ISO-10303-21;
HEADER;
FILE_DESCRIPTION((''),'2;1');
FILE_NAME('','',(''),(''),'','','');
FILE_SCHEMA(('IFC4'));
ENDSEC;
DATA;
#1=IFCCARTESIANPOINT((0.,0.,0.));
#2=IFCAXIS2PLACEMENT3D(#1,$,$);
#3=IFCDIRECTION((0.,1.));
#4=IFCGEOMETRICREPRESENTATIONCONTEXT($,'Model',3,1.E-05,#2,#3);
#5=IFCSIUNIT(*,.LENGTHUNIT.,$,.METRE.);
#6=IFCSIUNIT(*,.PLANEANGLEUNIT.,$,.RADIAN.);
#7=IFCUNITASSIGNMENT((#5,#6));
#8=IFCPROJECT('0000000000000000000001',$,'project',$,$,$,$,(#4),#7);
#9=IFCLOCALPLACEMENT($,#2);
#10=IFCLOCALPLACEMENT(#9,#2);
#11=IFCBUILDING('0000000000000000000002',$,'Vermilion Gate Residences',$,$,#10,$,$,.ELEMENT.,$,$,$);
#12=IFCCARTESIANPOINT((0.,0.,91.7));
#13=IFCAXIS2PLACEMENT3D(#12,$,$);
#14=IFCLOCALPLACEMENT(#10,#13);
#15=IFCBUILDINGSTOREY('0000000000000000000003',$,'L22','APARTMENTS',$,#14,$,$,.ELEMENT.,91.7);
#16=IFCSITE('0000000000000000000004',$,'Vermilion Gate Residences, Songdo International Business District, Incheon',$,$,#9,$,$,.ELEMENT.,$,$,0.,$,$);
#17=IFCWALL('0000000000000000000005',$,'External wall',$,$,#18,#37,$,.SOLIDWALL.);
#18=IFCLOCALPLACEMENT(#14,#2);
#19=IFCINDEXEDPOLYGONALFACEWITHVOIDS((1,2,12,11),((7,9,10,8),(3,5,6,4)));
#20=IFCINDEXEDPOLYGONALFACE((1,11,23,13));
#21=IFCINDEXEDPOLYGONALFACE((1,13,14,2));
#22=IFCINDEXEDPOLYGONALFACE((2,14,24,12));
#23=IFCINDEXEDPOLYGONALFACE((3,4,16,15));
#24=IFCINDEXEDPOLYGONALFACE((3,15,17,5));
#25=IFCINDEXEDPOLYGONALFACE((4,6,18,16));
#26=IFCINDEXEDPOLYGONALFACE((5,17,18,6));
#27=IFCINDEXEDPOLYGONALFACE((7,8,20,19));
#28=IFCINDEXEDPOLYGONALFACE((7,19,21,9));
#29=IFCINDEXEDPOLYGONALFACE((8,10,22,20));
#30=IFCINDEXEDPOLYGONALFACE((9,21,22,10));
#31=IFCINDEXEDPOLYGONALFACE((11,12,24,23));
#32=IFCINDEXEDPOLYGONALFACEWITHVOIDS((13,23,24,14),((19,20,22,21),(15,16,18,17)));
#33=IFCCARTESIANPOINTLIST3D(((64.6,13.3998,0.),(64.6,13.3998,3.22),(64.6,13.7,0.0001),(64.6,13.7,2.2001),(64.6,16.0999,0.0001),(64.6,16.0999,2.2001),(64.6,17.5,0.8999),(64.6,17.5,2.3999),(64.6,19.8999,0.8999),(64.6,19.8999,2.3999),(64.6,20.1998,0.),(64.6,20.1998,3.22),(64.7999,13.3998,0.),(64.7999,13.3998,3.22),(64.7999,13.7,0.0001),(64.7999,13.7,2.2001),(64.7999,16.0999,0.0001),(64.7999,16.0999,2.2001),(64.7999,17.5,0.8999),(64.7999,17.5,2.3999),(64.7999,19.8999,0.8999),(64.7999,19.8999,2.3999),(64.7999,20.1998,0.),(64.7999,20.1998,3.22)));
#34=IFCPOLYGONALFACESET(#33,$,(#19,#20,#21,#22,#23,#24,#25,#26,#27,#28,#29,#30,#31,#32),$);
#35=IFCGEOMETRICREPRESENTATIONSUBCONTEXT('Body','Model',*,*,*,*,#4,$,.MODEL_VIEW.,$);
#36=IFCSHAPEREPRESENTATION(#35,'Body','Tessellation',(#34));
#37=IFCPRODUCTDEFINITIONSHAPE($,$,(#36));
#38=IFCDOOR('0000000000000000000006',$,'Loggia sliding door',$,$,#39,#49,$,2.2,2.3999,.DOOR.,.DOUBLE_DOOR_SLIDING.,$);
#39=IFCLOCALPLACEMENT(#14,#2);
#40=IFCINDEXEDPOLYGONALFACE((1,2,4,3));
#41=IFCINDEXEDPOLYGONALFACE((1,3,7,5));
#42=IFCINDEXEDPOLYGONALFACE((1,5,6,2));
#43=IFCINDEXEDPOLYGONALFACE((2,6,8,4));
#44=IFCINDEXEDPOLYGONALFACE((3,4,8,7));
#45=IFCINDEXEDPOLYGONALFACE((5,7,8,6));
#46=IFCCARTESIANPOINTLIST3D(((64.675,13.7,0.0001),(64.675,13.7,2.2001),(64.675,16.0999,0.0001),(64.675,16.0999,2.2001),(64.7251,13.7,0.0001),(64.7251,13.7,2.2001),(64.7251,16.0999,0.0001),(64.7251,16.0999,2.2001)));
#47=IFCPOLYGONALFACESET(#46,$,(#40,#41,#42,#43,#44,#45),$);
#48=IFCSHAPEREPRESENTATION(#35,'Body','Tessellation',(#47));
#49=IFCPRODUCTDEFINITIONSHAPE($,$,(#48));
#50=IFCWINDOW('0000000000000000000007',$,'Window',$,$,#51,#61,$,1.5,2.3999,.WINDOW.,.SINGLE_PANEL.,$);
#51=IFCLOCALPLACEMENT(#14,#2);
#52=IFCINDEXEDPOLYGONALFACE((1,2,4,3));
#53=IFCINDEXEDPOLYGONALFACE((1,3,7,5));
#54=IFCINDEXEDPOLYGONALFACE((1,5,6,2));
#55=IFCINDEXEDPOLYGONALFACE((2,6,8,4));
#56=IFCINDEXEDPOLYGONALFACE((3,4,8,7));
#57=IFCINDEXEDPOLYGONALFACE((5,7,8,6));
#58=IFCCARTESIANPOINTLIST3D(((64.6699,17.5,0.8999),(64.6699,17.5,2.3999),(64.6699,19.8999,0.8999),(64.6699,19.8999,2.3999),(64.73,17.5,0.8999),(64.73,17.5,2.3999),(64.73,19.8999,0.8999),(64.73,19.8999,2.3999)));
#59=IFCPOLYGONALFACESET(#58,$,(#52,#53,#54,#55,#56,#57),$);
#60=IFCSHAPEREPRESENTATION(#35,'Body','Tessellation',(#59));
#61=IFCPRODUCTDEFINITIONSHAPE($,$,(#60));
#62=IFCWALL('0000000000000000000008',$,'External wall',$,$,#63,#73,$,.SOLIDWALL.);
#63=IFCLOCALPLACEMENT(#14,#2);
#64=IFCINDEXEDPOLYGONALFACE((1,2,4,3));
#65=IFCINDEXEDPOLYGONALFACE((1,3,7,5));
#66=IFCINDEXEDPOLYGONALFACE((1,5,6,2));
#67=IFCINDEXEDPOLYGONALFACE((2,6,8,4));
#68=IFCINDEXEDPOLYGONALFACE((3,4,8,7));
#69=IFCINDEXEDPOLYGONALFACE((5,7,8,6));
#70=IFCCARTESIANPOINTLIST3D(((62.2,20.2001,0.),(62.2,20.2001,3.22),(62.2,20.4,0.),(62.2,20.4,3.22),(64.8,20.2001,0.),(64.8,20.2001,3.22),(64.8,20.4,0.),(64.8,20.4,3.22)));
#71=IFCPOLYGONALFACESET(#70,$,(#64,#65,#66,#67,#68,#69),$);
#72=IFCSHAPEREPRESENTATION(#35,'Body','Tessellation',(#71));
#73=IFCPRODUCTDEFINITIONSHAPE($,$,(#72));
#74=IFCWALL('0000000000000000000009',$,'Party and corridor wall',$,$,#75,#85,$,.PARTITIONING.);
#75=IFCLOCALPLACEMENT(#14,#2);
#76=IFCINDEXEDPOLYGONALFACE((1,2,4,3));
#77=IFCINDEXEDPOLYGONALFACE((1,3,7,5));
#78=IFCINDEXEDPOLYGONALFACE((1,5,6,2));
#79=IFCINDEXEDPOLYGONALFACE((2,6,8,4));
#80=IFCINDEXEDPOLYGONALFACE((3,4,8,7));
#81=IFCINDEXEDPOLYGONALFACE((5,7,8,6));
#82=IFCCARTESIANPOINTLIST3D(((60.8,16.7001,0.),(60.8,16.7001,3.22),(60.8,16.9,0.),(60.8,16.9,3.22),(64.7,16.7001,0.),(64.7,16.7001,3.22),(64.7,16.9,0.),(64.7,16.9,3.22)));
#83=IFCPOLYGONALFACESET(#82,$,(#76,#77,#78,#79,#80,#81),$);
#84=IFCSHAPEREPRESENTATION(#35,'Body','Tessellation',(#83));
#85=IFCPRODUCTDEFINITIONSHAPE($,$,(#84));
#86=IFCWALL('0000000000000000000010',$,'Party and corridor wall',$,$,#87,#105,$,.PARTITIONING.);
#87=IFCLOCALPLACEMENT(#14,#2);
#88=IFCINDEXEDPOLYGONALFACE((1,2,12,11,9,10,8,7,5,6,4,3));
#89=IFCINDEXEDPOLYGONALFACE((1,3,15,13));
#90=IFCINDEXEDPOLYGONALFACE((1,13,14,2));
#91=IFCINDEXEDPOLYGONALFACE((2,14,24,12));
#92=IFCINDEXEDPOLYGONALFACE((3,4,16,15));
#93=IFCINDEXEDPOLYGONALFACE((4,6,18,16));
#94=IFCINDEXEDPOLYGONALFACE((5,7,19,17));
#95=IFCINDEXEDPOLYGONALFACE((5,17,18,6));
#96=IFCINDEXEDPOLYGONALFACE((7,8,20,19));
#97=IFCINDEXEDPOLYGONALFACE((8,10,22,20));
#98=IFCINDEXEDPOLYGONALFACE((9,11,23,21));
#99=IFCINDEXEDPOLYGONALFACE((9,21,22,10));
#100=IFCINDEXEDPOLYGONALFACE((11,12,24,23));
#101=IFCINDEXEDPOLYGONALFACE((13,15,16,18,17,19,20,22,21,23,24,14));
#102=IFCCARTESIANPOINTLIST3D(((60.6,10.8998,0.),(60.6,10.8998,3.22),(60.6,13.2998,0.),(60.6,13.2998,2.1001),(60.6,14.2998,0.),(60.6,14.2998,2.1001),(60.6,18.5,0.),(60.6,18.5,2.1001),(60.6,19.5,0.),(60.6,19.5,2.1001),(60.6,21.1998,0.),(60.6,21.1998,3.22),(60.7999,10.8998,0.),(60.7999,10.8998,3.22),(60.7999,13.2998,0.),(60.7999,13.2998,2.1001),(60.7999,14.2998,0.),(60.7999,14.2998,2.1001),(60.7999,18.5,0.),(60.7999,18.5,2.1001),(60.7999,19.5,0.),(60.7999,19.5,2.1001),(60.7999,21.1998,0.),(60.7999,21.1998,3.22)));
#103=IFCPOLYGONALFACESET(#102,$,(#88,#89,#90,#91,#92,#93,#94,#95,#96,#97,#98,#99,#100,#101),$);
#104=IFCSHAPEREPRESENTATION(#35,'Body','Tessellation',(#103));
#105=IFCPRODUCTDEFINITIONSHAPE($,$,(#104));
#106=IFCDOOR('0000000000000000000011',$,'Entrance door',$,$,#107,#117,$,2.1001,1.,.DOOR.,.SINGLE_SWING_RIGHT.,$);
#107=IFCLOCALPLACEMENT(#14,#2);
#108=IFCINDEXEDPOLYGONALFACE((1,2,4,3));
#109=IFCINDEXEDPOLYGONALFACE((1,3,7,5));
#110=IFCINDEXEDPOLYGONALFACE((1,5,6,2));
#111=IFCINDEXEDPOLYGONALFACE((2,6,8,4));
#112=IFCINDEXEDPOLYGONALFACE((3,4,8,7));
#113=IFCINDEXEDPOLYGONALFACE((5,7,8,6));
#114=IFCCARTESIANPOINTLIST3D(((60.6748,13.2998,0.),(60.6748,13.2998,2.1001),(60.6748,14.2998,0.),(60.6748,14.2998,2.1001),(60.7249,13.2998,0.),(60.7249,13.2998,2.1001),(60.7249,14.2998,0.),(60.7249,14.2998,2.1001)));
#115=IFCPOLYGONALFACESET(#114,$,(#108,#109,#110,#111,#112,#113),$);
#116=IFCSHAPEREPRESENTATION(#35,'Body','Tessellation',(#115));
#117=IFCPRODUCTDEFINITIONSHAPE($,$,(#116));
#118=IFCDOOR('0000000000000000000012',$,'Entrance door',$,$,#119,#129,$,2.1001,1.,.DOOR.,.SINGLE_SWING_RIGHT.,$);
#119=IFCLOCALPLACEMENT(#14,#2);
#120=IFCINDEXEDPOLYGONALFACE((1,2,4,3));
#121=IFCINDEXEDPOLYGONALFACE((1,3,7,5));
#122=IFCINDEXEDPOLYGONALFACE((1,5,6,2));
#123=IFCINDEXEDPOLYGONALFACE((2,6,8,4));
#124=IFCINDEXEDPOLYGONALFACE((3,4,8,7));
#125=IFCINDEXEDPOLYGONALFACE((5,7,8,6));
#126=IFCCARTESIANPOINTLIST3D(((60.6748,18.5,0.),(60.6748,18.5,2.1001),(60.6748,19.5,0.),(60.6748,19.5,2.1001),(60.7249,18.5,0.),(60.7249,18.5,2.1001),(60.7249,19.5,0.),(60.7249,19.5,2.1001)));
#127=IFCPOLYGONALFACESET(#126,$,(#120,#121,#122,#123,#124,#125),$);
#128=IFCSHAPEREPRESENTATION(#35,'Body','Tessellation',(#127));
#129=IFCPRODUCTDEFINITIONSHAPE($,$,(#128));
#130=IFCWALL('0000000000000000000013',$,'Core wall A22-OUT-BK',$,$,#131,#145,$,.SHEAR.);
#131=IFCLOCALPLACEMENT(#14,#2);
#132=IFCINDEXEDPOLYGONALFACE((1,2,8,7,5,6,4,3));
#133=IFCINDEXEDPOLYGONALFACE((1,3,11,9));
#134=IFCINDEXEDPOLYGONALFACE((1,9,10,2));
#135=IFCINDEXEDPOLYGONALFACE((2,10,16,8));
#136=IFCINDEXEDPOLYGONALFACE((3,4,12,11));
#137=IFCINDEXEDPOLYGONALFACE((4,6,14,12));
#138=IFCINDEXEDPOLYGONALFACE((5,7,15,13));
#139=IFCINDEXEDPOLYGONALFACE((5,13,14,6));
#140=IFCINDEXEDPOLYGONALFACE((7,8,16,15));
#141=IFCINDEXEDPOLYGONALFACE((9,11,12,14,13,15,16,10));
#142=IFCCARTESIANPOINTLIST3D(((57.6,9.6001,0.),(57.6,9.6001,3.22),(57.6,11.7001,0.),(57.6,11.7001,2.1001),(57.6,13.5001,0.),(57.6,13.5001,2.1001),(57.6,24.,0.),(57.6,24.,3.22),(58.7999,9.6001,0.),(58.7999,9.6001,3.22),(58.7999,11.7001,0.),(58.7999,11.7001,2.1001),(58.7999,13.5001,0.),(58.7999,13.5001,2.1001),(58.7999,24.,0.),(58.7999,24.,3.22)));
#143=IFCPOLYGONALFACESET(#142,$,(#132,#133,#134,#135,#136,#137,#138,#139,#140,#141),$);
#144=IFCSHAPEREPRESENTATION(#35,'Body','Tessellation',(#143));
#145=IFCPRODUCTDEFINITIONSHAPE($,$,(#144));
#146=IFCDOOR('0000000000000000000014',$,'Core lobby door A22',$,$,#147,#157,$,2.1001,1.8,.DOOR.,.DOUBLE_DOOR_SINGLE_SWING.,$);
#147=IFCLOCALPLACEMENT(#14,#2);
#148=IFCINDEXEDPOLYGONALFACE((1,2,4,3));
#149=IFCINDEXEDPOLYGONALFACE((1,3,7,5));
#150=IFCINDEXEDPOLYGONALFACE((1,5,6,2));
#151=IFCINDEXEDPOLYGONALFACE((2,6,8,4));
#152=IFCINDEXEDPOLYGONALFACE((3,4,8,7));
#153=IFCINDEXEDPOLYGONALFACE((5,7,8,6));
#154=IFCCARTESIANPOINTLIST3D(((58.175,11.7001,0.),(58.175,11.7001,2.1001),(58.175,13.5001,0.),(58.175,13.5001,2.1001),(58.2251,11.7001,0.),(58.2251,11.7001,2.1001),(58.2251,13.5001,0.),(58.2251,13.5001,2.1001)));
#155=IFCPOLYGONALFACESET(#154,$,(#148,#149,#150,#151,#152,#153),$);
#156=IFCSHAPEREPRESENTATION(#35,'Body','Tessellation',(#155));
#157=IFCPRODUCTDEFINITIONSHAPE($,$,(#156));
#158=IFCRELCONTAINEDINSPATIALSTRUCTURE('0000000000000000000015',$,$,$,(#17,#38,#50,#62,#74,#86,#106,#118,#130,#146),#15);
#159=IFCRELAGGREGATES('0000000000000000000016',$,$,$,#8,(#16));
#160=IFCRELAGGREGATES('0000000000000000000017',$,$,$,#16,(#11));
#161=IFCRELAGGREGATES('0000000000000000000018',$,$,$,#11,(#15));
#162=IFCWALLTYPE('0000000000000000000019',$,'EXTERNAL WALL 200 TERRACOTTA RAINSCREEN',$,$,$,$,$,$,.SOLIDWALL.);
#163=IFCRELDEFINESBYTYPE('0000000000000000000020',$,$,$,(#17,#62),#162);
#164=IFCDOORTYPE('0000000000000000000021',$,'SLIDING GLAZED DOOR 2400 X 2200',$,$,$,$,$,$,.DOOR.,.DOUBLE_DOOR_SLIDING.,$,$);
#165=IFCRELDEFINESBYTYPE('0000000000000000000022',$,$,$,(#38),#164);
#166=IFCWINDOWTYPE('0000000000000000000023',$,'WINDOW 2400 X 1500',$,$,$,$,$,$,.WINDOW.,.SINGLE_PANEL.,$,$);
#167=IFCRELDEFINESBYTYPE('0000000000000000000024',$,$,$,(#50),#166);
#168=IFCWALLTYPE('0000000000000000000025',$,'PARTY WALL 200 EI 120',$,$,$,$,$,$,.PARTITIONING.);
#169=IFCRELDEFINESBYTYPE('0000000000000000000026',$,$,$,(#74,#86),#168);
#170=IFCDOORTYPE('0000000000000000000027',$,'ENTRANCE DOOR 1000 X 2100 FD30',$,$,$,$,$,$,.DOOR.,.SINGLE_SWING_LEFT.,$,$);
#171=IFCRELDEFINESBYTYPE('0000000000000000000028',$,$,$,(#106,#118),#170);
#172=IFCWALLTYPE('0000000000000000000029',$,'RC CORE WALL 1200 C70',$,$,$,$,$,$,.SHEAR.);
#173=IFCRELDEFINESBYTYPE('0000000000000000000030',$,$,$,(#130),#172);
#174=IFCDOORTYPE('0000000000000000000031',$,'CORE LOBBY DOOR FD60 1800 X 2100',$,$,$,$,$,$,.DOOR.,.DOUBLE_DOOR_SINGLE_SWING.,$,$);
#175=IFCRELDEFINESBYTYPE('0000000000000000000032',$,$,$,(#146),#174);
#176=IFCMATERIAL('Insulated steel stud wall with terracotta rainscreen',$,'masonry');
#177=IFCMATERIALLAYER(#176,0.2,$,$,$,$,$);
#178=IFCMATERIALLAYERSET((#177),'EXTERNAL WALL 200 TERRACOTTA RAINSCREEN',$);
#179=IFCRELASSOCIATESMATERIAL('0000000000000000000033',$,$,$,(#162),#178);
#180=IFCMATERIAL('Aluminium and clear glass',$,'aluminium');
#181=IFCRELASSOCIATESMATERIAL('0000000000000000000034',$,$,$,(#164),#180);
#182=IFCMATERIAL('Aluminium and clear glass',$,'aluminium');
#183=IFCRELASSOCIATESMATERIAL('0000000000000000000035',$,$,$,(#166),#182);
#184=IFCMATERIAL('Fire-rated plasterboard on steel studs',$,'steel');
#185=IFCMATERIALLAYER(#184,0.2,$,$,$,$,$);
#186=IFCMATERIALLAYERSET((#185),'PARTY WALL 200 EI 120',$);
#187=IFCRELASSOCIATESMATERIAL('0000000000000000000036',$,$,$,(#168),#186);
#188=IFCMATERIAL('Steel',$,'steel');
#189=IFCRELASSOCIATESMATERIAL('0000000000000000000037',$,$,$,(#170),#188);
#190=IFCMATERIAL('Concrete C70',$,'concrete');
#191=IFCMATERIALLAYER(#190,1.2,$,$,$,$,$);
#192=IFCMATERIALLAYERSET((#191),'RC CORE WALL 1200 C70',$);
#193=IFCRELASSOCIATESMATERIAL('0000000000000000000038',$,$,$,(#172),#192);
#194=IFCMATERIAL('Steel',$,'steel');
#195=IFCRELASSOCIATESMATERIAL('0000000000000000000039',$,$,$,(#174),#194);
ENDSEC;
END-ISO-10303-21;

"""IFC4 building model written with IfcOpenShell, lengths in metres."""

from ifc_helpers import new_model, si_unit, direction, frame, frame_2d, origin, place, context, subcontext, project, spatial, rectangle, extrude, material, layer, layer_set, type_object, element, fill, save


model = new_model("IFC4")

# Units and contexts
model_context = context("Model", 3, precision=1e-05, world=origin(), true_north=direction((0.0, 1.0)))
body_context = subcontext(model_context, "Body", "Model", "MODEL_VIEW")
ifc_project = project(units=[si_unit("LENGTHUNIT", "METRE"), si_unit("PLANEANGLEUNIT", "RADIAN")], contexts=[model_context])

# Site, building, storey
site_placement = place(None, origin())
site = spatial("IfcSite", under=ifc_project, at=site_placement, Name="Vermilion Gate Residences, Songdo International Business District, Incheon", CompositionType="ELEMENT", RefElevation=0.0)
building_placement = place(site_placement, origin())
building = spatial("IfcBuilding", under=site, at=building_placement, Name="Vermilion Gate Residences", CompositionType="ELEMENT")
storey_placement = place(building_placement, frame((0.0, 0.0, 91.7)))
storey = spatial("IfcBuildingStorey", under=building, at=storey_placement, Name="L22", Description="APARTMENTS", CompositionType="ELEMENT", Elevation=91.7)

# Shared definitions
ifc_material_1 = material(Name="Insulated steel stud wall with terracotta rainscreen", Category="masonry")
ifc_layer_1 = layer(ifc_material_1, 0.2)
ifc_layer_set_1 = layer_set([ifc_layer_1], Name="EXTERNAL WALL 200 TERRACOTTA RAINSCREEN")
wall_type_1 = type_object("IfcWallType", Name="EXTERNAL WALL 200 TERRACOTTA RAINSCREEN", PredefinedType="SOLIDWALL", material=ifc_layer_set_1)

# Wall, openings, door, window
wall_1_placement = place(storey_placement, frame((64.7, 13.3999, 0.0), z_axis=(0.0, 0.0, 1.0), x_axis=(0.0, 1.0, 0.0)))
wall_1 = element("IfcWall", 1, at=wall_1_placement, inside=storey, type_object=wall_type_1, Name="External wall", PredefinedType="SOLIDWALL", context=body_context, shape_type="SweptSolid", body=[
    extrude(rectangle(XDim=6.8, YDim=0.2, at=frame_2d((3.3999, 0.0))), origin(), (0.0, 0.0, 1.0), 3.22),
])
opening_1_placement = place(wall_1_placement, frame((4.1001, 0.0, 0.8999)))
opening_1 = element("IfcOpeningElement", 2, at=opening_1_placement, cuts=wall_1, PredefinedType="OPENING", context=body_context, shape_type="SweptSolid", body=[
    extrude(rectangle(XDim=2.3999, YDim=1.5, at=frame_2d((1.2, 0.75))), frame((0.0, 0.1099, 0.0), z_axis=(0.0, -1.0, 0.0), x_axis=(1.0, 0.0, 0.0)), (0.0, 0.0, 1.0), 0.22),
])
opening_2_placement = place(wall_1_placement, frame((0.3, 0.0, 0.0)))
opening_2 = element("IfcOpeningElement", 3, at=opening_2_placement, cuts=wall_1, PredefinedType="OPENING", context=body_context, shape_type="SweptSolid", body=[
    extrude(rectangle(XDim=2.3999, YDim=2.2, at=frame_2d((1.2, 1.1001))), frame((0.0, 0.1099, 0.0), z_axis=(0.0, -1.0, 0.0), x_axis=(1.0, 0.0, 0.0)), (0.0, 0.0, 1.0), 0.22),
])
ifc_material_2 = material(Name="Aluminium and clear glass", Category="aluminium")
door_type_1 = type_object("IfcDoorType", Name="SLIDING GLAZED DOOR 2400 X 2200", OperationType="DOUBLE_DOOR_SLIDING", PredefinedType="DOOR", material=ifc_material_2)
door_1_placement = place(opening_2_placement, origin())
door_1 = element("IfcDoor", 4, at=door_1_placement, inside=storey, type_object=door_type_1, Name="Loggia sliding door", OperationType="DOUBLE_DOOR_SLIDING", OverallHeight=2.2, OverallWidth=2.3999, PredefinedType="DOOR", context=body_context, shape_type="SweptSolid", body=[
    extrude(rectangle(XDim=2.3999, YDim=2.2, at=frame_2d((1.2, 1.1001))), frame((0.0, 0.0249, 0.0), z_axis=(0.0, -1.0, 0.0), x_axis=(1.0, 0.0, 0.0)), (0.0, 0.0, 1.0), 0.05),
])
fill(opening_2, door_1)
ifc_material_3 = material(Name="Aluminium and clear glass", Category="aluminium")
window_type_1 = type_object("IfcWindowType", Name="WINDOW 2400 X 1500", PartitioningType="SINGLE_PANEL", PredefinedType="WINDOW", material=ifc_material_3)
window_1_placement = place(opening_1_placement, origin())
window_1 = element("IfcWindow", 5, at=window_1_placement, inside=storey, type_object=window_type_1, Name="Window", OverallHeight=1.5, OverallWidth=2.3999, PartitioningType="SINGLE_PANEL", PredefinedType="WINDOW", context=body_context, shape_type="SweptSolid", body=[
    extrude(rectangle(XDim=2.3999, YDim=1.5, at=frame_2d((1.2, 0.75))), frame((0.0, 0.03, 0.0), z_axis=(0.0, -1.0, 0.0), x_axis=(1.0, 0.0, 0.0)), (0.0, 0.0, 1.0), 0.0601),
])
fill(opening_1, window_1)

# Walls
wall_2_placement = place(storey_placement, frame((64.8, 20.3, 0.0), z_axis=(0.0, 0.0, 1.0), x_axis=(-1.0, 0.0, 0.0)))
element("IfcWall", 6, at=wall_2_placement, inside=storey, type_object=wall_type_1, Name="External wall", PredefinedType="SOLIDWALL", context=body_context, shape_type="SweptSolid", body=[
    extrude(rectangle(XDim=2.6001, YDim=0.2, at=frame_2d((1.3, 0.0))), origin(), (0.0, 0.0, 1.0), 3.22),
])
ifc_material_4 = material(Name="Fire-rated plasterboard on steel studs", Category="steel")
ifc_layer_2 = layer(ifc_material_4, 0.2)
ifc_layer_set_2 = layer_set([ifc_layer_2], Name="PARTY WALL 200 EI 120")
wall_type_2 = type_object("IfcWallType", Name="PARTY WALL 200 EI 120", PredefinedType="PARTITIONING", material=ifc_layer_set_2)
wall_3_placement = place(storey_placement, frame((60.8, 16.8, 0.0), z_axis=(0.0, 0.0, 1.0), x_axis=(1.0, 0.0, 0.0)))
element("IfcWall", 7, at=wall_3_placement, inside=storey, type_object=wall_type_2, Name="Party and corridor wall", PredefinedType="PARTITIONING", context=body_context, shape_type="SweptSolid", body=[
    extrude(rectangle(XDim=3.8999, YDim=0.2, at=frame_2d((1.95, 0.0))), origin(), (0.0, 0.0, 1.0), 3.22),
])

# Wall, openings, doors
wall_4_placement = place(storey_placement, frame((60.7, 10.8999, 0.0), z_axis=(0.0, 0.0, 1.0), x_axis=(0.0, 1.0, 0.0)))
wall_4 = element("IfcWall", 8, at=wall_4_placement, inside=storey, type_object=wall_type_2, Name="Party and corridor wall", PredefinedType="PARTITIONING", context=body_context, shape_type="SweptSolid", body=[
    extrude(rectangle(XDim=10.3, YDim=0.2, at=frame_2d((5.1499, 0.0))), origin(), (0.0, 0.0, 1.0), 3.22),
])
opening_3_placement = place(wall_4_placement, frame((2.3999, 0.0, 0.0)))
opening_3 = element("IfcOpeningElement", 9, at=opening_3_placement, cuts=wall_4, PredefinedType="OPENING", context=body_context, shape_type="SweptSolid", body=[
    extrude(rectangle(XDim=1.0, YDim=2.1001, at=frame_2d((0.5, 1.05))), frame((0.0, 0.1099, 0.0), z_axis=(0.0, -1.0, 0.0), x_axis=(1.0, 0.0, 0.0)), (0.0, 0.0, 1.0), 0.22),
])
opening_4_placement = place(wall_4_placement, frame((7.6001, 0.0, 0.0)))
opening_4 = element("IfcOpeningElement", 10, at=opening_4_placement, cuts=wall_4, PredefinedType="OPENING", context=body_context, shape_type="SweptSolid", body=[
    extrude(rectangle(XDim=1.0, YDim=2.1001, at=frame_2d((0.5, 1.05))), frame((0.0, 0.1099, 0.0), z_axis=(0.0, -1.0, 0.0), x_axis=(1.0, 0.0, 0.0)), (0.0, 0.0, 1.0), 0.22),
])
ifc_material_5 = material(Name="Steel", Category="steel")
door_type_2 = type_object("IfcDoorType", Name="ENTRANCE DOOR 1000 X 2100 FD30", OperationType="SINGLE_SWING_LEFT", PredefinedType="DOOR", material=ifc_material_5)
door_2_placement = place(opening_3_placement, frame((1.0, 0.0, 0.0), z_axis=(0.0, 0.0, 1.0), x_axis=(-1.0, 0.0, 0.0)))
door_2 = element("IfcDoor", 11, at=door_2_placement, inside=storey, type_object=door_type_2, Name="Entrance door", OperationType="SINGLE_SWING_RIGHT", OverallHeight=2.1001, OverallWidth=1.0, PredefinedType="DOOR", context=body_context, shape_type="SweptSolid", body=[
    extrude(rectangle(XDim=1.0, YDim=2.1001, at=frame_2d((0.5, 1.05))), frame((0.0, 0.0249, 0.0), z_axis=(0.0, -1.0, 0.0), x_axis=(1.0, 0.0, 0.0)), (0.0, 0.0, 1.0), 0.05),
])
fill(opening_3, door_2)
door_3_placement = place(opening_4_placement, frame((1.0, 0.0, 0.0), z_axis=(0.0, 0.0, 1.0), x_axis=(-1.0, 0.0, 0.0)))
door_3 = element("IfcDoor", 12, at=door_3_placement, inside=storey, type_object=door_type_2, Name="Entrance door", OperationType="SINGLE_SWING_RIGHT", OverallHeight=2.1001, OverallWidth=1.0, PredefinedType="DOOR", context=body_context, shape_type="SweptSolid", body=[
    extrude(rectangle(XDim=1.0, YDim=2.1001, at=frame_2d((0.5, 1.05))), frame((0.0, 0.0249, 0.0), z_axis=(0.0, -1.0, 0.0), x_axis=(1.0, 0.0, 0.0)), (0.0, 0.0, 1.0), 0.05),
])
fill(opening_4, door_3)

# Wall, opening, door
ifc_material_6 = material(Name="Concrete C70", Category="concrete")
ifc_layer_3 = layer(ifc_material_6, 1.2)
ifc_layer_set_3 = layer_set([ifc_layer_3], Name="RC CORE WALL 1200 C70")
wall_type_3 = type_object("IfcWallType", Name="RC CORE WALL 1200 C70", PredefinedType="SHEAR", material=ifc_layer_set_3)
wall_5_placement = place(storey_placement, frame((58.2, 9.6001, 0.0), z_axis=(0.0, 0.0, 1.0), x_axis=(0.0, 1.0, 0.0)))
wall_5 = element("IfcWall", 13, at=wall_5_placement, inside=storey, type_object=wall_type_3, Name="Core wall A22-OUT-BK", PredefinedType="SHEAR", context=body_context, shape_type="SweptSolid", body=[
    extrude(rectangle(XDim=14.3999, YDim=1.2, at=frame_2d((7.2, 0.0))), origin(), (0.0, 0.0, 1.0), 3.22),
])
opening_5_placement = place(wall_5_placement, frame((2.1001, 0.0, 0.0)))
opening_5 = element("IfcOpeningElement", 14, at=opening_5_placement, cuts=wall_5, PredefinedType="OPENING", context=body_context, shape_type="SweptSolid", body=[
    extrude(rectangle(XDim=1.8, YDim=2.1001, at=frame_2d((0.8999, 1.05))), frame((0.0, 0.6099, 0.0), z_axis=(0.0, -1.0, 0.0), x_axis=(1.0, 0.0, 0.0)), (0.0, 0.0, 1.0), 1.22),
])
ifc_material_7 = material(Name="Steel", Category="steel")
door_type_3 = type_object("IfcDoorType", Name="CORE LOBBY DOOR FD60 1800 X 2100", OperationType="DOUBLE_DOOR_SINGLE_SWING", PredefinedType="DOOR", material=ifc_material_7)
door_4_placement = place(opening_5_placement, origin())
door_4 = element("IfcDoor", 15, at=door_4_placement, inside=storey, type_object=door_type_3, Name="Core lobby door A22", OperationType="DOUBLE_DOOR_SINGLE_SWING", OverallHeight=2.1001, OverallWidth=1.8, PredefinedType="DOOR", context=body_context, shape_type="SweptSolid", body=[
    extrude(rectangle(XDim=1.8, YDim=2.1001, at=frame_2d((0.8999, 1.05))), frame((0.0, 0.0249, 0.0), z_axis=(0.0, -1.0, 0.0), x_axis=(1.0, 0.0, 0.0)), (0.0, 0.0, 1.0), 0.05),
])
fill(opening_5, door_4)

save(model, "model.ifc")
